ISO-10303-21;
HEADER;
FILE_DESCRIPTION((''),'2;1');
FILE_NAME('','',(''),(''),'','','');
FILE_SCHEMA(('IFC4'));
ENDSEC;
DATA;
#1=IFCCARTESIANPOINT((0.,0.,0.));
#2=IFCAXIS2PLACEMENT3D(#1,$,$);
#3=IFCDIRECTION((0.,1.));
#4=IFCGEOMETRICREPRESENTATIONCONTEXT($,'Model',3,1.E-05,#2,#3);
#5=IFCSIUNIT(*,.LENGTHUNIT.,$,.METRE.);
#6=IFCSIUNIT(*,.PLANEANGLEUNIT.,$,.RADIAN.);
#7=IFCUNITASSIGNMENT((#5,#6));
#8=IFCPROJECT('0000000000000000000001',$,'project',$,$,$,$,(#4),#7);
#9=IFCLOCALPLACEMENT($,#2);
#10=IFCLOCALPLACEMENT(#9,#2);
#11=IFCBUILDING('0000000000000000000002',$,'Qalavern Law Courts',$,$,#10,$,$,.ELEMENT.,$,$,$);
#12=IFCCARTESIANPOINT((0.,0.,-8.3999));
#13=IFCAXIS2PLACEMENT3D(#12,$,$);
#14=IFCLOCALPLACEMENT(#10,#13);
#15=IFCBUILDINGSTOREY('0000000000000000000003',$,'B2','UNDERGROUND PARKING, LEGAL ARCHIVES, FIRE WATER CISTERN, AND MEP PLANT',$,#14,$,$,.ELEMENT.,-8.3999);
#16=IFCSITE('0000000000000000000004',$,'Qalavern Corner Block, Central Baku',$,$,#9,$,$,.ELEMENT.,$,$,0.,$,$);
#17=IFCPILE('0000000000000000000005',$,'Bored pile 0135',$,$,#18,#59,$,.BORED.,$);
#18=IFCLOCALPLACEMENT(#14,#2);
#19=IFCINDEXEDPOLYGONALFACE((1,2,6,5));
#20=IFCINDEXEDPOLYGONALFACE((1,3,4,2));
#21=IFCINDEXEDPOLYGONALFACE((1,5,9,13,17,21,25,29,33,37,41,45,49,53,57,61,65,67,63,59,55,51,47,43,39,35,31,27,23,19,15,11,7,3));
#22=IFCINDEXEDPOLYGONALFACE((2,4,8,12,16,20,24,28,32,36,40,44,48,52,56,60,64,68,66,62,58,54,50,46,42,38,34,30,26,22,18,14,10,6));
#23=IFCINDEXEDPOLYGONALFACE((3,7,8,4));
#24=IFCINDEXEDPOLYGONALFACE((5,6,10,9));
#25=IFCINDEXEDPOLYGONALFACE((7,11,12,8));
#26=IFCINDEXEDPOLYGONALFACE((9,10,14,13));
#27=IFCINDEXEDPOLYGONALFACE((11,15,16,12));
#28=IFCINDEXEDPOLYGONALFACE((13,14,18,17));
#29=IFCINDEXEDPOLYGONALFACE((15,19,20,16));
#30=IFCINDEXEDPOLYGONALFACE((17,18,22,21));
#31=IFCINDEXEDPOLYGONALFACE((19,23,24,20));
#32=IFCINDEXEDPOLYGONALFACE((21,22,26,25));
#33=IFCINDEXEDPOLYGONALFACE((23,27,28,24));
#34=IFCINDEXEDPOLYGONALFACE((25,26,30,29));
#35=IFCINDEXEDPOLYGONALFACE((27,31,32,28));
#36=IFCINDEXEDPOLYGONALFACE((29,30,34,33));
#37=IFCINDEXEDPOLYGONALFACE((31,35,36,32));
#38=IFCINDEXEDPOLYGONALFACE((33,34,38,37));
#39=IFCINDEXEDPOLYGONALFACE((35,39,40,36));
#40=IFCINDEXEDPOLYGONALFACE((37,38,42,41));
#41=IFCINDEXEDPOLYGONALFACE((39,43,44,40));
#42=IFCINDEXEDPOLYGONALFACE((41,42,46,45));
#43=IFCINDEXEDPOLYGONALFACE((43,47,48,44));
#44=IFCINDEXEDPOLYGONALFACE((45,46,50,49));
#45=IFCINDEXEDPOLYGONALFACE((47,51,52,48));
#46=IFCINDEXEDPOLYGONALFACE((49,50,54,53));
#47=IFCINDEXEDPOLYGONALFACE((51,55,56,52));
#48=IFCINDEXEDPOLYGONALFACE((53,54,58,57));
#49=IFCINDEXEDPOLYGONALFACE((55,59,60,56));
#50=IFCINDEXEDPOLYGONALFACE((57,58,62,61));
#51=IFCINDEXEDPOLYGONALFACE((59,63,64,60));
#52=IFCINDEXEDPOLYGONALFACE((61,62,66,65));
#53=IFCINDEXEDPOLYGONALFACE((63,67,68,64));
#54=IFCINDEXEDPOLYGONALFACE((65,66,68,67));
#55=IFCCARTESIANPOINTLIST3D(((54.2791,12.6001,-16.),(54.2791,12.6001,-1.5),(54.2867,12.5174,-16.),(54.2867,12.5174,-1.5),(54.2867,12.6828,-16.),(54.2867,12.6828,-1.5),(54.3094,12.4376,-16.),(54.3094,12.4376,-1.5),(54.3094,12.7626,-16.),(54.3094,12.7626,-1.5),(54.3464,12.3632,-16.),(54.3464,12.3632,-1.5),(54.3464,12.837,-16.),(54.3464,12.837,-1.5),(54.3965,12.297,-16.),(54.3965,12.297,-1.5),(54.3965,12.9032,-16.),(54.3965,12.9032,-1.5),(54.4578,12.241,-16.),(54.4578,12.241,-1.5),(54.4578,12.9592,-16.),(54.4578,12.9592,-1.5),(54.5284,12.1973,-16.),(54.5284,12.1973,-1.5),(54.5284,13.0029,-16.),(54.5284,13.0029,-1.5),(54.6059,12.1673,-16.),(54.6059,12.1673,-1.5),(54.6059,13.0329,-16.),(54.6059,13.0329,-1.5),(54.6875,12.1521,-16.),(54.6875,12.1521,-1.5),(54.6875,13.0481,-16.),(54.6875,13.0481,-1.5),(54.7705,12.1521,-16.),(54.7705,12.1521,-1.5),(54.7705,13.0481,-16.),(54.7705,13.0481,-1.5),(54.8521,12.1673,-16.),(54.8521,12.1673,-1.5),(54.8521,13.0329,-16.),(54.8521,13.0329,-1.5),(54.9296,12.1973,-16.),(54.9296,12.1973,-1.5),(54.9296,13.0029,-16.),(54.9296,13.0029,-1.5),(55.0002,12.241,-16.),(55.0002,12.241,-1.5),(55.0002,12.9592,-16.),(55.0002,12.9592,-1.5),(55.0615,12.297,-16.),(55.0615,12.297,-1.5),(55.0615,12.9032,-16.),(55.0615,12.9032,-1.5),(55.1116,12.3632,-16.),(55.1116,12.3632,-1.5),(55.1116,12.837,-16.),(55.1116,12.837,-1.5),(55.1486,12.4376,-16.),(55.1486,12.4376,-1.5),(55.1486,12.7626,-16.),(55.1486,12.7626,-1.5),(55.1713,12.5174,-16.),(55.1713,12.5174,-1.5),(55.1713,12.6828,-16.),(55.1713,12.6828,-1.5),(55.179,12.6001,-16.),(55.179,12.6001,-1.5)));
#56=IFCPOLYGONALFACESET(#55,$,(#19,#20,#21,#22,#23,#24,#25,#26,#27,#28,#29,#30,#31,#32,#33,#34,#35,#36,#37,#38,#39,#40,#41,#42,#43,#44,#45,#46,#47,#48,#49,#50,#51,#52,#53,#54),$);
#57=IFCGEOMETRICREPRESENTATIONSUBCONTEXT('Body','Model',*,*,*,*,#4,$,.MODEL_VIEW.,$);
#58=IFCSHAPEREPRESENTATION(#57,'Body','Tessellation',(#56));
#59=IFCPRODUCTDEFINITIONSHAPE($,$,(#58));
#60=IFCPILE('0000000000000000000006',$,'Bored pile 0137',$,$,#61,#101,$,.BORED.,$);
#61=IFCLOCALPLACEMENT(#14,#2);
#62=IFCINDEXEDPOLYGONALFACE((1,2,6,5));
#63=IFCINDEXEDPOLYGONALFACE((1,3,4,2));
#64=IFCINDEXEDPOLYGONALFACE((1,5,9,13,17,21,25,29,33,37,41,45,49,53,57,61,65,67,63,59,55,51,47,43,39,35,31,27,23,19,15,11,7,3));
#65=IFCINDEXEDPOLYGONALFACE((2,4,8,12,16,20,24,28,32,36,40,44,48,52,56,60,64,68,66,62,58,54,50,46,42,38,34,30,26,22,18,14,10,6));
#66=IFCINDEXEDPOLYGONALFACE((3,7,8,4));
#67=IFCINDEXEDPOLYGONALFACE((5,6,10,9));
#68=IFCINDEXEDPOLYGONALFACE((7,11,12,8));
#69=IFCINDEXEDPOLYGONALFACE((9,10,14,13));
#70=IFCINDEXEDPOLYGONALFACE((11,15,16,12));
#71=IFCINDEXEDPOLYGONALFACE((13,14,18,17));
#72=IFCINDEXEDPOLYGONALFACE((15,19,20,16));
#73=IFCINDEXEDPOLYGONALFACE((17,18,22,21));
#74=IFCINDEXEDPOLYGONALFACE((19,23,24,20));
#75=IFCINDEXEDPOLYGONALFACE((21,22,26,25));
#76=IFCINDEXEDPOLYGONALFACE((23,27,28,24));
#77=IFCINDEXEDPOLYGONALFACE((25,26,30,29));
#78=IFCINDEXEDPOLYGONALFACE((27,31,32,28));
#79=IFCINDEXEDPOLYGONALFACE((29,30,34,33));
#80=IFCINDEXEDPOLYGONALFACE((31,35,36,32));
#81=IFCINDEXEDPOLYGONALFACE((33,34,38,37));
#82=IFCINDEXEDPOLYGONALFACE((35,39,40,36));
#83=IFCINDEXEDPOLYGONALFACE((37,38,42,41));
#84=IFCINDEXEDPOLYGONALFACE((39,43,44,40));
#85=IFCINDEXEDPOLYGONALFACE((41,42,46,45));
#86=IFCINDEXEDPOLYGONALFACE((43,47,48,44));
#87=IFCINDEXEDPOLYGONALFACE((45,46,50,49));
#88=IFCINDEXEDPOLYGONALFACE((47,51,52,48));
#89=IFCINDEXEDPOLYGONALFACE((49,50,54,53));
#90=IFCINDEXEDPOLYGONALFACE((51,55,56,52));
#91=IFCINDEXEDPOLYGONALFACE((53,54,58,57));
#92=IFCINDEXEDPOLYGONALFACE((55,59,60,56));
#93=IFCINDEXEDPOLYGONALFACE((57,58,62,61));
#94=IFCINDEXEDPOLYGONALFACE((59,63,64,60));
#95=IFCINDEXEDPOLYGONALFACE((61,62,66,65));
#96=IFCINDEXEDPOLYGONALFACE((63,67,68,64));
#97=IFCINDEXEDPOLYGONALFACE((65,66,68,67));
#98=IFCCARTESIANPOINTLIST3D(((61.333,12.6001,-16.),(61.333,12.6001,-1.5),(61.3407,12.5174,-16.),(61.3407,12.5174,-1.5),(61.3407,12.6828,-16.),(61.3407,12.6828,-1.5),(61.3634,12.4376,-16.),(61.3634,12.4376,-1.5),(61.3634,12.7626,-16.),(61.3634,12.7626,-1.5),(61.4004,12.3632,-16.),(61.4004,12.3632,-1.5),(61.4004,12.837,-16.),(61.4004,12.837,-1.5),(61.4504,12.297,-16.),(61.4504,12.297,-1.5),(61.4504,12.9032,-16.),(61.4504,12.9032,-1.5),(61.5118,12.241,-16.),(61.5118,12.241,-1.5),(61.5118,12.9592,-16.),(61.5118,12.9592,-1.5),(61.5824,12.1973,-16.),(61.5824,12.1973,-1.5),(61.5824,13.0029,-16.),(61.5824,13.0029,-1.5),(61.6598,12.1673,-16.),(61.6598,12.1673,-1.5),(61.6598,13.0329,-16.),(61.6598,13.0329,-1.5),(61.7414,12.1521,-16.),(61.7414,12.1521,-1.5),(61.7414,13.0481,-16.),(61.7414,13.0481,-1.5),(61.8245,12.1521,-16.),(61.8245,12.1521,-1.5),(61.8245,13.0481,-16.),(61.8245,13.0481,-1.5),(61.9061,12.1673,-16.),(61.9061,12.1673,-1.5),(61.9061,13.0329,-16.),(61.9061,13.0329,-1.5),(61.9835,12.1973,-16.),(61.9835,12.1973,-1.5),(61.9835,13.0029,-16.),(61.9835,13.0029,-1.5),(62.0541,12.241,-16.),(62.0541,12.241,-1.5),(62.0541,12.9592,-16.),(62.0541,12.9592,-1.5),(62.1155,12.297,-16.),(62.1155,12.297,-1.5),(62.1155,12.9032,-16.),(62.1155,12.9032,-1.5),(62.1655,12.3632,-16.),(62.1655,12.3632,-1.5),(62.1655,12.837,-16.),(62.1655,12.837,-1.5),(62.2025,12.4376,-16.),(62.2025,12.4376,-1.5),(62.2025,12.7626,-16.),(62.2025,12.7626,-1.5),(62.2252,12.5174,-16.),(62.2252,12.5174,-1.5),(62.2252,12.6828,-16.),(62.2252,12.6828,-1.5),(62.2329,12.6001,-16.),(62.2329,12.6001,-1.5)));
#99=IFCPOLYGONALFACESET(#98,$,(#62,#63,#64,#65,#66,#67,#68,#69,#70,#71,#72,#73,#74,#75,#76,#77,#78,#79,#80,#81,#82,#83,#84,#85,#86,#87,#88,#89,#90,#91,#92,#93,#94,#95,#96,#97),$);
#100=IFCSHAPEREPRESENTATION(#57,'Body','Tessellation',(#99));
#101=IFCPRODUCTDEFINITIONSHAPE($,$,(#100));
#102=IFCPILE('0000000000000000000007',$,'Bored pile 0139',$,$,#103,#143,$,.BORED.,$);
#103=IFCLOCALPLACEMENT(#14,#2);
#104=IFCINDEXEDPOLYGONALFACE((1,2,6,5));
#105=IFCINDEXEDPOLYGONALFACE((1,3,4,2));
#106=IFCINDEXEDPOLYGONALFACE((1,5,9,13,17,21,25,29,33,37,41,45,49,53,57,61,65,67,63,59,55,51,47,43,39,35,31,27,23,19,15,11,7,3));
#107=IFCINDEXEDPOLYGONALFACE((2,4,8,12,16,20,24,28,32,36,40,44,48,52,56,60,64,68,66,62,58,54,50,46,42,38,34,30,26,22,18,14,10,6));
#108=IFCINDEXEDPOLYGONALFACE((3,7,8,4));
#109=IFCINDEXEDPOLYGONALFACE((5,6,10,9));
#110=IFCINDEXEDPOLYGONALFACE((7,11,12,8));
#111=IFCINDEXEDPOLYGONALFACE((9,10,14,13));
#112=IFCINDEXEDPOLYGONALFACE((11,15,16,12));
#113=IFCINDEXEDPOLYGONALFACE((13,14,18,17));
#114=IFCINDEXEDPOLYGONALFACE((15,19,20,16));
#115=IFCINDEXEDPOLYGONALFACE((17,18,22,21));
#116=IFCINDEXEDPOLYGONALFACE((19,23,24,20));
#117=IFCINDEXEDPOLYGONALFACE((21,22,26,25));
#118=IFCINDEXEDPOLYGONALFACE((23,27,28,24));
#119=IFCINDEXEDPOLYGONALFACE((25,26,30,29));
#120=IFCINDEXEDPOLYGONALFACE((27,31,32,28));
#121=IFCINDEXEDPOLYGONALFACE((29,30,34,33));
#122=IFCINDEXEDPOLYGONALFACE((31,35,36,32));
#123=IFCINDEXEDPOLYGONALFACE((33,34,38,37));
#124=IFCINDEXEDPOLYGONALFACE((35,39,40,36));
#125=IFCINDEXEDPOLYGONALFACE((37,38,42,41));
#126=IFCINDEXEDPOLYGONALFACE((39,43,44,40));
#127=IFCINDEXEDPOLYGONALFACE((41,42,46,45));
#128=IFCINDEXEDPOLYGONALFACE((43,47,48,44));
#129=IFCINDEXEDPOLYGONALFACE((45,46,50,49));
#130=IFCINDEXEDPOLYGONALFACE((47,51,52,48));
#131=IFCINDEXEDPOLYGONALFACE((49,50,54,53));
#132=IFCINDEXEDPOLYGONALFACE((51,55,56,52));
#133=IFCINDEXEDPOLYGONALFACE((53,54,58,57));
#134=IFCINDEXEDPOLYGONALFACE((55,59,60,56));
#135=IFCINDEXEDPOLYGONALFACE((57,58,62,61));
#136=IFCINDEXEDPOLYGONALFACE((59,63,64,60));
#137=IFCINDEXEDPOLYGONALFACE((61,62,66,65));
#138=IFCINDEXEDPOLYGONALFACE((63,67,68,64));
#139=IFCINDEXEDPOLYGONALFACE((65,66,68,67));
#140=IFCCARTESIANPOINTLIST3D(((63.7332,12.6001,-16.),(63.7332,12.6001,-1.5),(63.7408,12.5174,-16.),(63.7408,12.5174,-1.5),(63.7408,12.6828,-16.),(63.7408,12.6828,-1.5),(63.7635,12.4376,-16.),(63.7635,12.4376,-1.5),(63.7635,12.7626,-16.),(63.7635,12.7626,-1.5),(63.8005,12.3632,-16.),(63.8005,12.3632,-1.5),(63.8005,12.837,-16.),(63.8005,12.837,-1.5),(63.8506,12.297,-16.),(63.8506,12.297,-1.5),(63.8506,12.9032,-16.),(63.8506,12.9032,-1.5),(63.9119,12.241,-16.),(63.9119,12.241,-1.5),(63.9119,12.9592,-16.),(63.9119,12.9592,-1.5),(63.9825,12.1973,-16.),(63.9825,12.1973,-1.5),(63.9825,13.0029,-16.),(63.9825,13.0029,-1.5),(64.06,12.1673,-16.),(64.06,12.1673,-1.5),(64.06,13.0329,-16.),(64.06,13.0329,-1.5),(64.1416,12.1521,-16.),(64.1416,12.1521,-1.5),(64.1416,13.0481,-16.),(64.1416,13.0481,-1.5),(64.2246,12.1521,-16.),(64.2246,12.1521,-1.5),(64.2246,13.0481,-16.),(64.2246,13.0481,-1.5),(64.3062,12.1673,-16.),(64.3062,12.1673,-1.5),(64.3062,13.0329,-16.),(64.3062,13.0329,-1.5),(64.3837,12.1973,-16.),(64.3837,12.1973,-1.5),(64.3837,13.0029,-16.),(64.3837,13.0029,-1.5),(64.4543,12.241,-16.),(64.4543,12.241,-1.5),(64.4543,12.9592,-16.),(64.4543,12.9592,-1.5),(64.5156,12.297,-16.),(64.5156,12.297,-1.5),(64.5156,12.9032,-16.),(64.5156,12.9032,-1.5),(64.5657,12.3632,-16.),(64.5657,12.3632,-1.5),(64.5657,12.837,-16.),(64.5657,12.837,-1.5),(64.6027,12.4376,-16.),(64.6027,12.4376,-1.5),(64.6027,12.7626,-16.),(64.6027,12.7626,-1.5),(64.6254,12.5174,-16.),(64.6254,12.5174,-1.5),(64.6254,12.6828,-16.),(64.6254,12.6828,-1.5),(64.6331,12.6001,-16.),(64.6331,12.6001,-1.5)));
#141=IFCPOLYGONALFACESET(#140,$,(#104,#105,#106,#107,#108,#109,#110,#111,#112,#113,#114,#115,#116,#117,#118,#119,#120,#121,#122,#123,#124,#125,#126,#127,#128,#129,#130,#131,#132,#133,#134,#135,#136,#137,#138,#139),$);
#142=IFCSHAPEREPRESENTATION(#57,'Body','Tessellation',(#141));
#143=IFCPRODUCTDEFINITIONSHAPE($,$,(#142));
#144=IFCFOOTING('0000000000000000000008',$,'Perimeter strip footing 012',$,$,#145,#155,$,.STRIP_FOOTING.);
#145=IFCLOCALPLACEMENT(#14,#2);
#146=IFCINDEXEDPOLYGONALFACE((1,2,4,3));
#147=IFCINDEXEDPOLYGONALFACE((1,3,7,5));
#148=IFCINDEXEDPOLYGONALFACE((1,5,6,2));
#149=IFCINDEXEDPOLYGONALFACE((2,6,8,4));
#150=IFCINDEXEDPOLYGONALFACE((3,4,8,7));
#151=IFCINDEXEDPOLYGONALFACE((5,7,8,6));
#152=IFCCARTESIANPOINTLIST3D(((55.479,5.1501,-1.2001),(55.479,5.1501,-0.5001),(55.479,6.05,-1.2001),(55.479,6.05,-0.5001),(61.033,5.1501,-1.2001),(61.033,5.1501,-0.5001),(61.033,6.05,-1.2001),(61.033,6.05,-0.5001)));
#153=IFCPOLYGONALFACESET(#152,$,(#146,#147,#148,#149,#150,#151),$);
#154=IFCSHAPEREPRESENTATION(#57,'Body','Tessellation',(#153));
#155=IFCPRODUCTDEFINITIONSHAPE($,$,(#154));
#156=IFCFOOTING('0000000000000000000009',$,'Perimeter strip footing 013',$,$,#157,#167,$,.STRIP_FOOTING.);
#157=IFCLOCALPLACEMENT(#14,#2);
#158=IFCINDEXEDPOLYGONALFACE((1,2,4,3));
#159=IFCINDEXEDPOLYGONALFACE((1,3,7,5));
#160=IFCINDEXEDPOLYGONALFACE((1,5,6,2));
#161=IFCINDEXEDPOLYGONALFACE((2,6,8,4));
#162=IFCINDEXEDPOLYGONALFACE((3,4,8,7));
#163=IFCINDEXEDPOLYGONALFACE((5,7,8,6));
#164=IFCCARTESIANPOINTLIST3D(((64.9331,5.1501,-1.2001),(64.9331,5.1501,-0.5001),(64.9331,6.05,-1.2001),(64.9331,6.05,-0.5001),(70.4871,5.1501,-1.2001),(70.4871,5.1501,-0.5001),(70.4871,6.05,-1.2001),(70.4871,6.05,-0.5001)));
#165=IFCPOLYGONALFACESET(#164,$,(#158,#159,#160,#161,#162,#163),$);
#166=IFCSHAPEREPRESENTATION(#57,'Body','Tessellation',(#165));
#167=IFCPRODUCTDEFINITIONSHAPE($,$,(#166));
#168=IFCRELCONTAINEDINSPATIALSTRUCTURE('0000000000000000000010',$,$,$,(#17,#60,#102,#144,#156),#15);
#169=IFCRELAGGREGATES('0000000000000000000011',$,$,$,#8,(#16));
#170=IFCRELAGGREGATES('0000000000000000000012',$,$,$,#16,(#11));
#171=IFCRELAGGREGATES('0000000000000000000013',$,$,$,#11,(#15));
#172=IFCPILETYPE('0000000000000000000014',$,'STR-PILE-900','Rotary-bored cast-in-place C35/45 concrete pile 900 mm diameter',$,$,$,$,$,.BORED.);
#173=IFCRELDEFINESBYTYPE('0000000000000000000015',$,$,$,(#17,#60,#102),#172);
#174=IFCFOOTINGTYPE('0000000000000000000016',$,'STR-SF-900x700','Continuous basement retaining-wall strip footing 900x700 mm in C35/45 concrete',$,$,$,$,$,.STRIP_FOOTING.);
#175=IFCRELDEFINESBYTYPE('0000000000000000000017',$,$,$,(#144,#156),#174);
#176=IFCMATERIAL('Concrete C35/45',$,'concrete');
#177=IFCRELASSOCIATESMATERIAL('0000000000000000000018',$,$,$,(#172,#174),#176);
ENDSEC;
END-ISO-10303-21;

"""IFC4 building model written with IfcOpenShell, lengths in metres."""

from ifc_helpers import new_model, si_unit, direction, frame, origin, origin_2d, place, context, subcontext, project, spatial, rectangle, circle, extrude, material, material_profile, profile_set, type_object, element, save


model = new_model("IFC4")

# Units and contexts
model_context = context("Model", 3, precision=1e-05, world=origin(), true_north=direction((0.0, 1.0)))
body_context = subcontext(model_context, "Body", "Model", "MODEL_VIEW")
ifc_project = project(units=[si_unit("LENGTHUNIT", "METRE"), si_unit("PLANEANGLEUNIT", "RADIAN")], contexts=[model_context])

# Site, building, storey
site_placement = place(None, origin())
site = spatial("IfcSite", under=ifc_project, at=site_placement, Name="Qalavern Corner Block, Central Baku", CompositionType="ELEMENT", RefElevation=0.0)
building_placement = place(site_placement, origin())
building = spatial("IfcBuilding", under=site, at=building_placement, Name="Qalavern Law Courts", CompositionType="ELEMENT")
storey_placement = place(building_placement, frame((0.0, 0.0, -8.3999)))
storey = spatial("IfcBuildingStorey", under=building, at=storey_placement, Name="B2", Description="UNDERGROUND PARKING, LEGAL ARCHIVES, FIRE WATER CISTERN, AND MEP PLANT", CompositionType="ELEMENT", Elevation=-8.3999)

# Shared definitions
ifc_material_1 = material(Name="Concrete C35/45", Category="concrete")

# Piles
ifc_material_profile_1 = material_profile(ifc_material_1, circle(Radius=0.45, at=origin_2d()), Name="BORED PILE 900")
ifc_profile_set_1 = profile_set([ifc_material_profile_1], Name="Concrete C35/45")
pile_type_1 = type_object("IfcPileType", Name="STR-PILE-900", Description="Rotary-bored cast-in-place C35/45 concrete pile 900 mm diameter", PredefinedType="BORED", material=ifc_profile_set_1)
for number, where, z_axis, x_axis, name in (
    (1, (54.729, 12.6001, -1.5), (0.0, 0.0, -1.0), (1.0, 0.0, 0.0), "Bored pile 0135"),
    (2, (61.783, 12.6001, -1.5), (0.0, 0.0, -1.0), (1.0, 0.0, 0.0), "Bored pile 0137"),
    (3, (64.1831, 12.6001, -1.5), (0.0, 0.0, -1.0), (1.0, 0.0, 0.0), "Bored pile 0139"),
):
    element("IfcPile", number, at=place(storey_placement, frame(where, z_axis=z_axis, x_axis=x_axis)), inside=storey, type_object=pile_type_1, Name=name, PredefinedType="BORED", context=body_context, shape_type="SweptSolid", body=[
        extrude(circle(Radius=0.45, at=origin_2d()), origin(), (0.0, 0.0, 1.0), 14.5),
    ])

# Footings
ifc_material_profile_2 = material_profile(ifc_material_1, rectangle(XDim=0.8999, YDim=0.7, at=origin_2d()), Name="RC 900x700")
ifc_profile_set_2 = profile_set([ifc_material_profile_2], Name="Concrete C35/45")
footing_type_1 = type_object("IfcFootingType", Name="STR-SF-900x700", Description="Continuous basement retaining-wall strip footing 900x700 mm in C35/45 concrete", PredefinedType="STRIP_FOOTING", material=ifc_profile_set_2)
for number, where, z_axis, x_axis, name in (
    (4, (55.479, 5.6001, -0.8501), (1.0, 0.0, 0.0), (0.0, 1.0, 0.0), "Perimeter strip footing 012"),
    (5, (64.9331, 5.6001, -0.8501), (1.0, 0.0, 0.0), (0.0, 1.0, 0.0), "Perimeter strip footing 013"),
):
    element("IfcFooting", number, at=place(storey_placement, frame(where, z_axis=z_axis, x_axis=x_axis)), inside=storey, type_object=footing_type_1, Name=name, PredefinedType="STRIP_FOOTING", context=body_context, shape_type="SweptSolid", body=[
        extrude(rectangle(XDim=0.8999, YDim=0.7, at=origin_2d()), origin(), (0.0, 0.0, 1.0), 5.554),
    ])

save(model, "model.ifc")
